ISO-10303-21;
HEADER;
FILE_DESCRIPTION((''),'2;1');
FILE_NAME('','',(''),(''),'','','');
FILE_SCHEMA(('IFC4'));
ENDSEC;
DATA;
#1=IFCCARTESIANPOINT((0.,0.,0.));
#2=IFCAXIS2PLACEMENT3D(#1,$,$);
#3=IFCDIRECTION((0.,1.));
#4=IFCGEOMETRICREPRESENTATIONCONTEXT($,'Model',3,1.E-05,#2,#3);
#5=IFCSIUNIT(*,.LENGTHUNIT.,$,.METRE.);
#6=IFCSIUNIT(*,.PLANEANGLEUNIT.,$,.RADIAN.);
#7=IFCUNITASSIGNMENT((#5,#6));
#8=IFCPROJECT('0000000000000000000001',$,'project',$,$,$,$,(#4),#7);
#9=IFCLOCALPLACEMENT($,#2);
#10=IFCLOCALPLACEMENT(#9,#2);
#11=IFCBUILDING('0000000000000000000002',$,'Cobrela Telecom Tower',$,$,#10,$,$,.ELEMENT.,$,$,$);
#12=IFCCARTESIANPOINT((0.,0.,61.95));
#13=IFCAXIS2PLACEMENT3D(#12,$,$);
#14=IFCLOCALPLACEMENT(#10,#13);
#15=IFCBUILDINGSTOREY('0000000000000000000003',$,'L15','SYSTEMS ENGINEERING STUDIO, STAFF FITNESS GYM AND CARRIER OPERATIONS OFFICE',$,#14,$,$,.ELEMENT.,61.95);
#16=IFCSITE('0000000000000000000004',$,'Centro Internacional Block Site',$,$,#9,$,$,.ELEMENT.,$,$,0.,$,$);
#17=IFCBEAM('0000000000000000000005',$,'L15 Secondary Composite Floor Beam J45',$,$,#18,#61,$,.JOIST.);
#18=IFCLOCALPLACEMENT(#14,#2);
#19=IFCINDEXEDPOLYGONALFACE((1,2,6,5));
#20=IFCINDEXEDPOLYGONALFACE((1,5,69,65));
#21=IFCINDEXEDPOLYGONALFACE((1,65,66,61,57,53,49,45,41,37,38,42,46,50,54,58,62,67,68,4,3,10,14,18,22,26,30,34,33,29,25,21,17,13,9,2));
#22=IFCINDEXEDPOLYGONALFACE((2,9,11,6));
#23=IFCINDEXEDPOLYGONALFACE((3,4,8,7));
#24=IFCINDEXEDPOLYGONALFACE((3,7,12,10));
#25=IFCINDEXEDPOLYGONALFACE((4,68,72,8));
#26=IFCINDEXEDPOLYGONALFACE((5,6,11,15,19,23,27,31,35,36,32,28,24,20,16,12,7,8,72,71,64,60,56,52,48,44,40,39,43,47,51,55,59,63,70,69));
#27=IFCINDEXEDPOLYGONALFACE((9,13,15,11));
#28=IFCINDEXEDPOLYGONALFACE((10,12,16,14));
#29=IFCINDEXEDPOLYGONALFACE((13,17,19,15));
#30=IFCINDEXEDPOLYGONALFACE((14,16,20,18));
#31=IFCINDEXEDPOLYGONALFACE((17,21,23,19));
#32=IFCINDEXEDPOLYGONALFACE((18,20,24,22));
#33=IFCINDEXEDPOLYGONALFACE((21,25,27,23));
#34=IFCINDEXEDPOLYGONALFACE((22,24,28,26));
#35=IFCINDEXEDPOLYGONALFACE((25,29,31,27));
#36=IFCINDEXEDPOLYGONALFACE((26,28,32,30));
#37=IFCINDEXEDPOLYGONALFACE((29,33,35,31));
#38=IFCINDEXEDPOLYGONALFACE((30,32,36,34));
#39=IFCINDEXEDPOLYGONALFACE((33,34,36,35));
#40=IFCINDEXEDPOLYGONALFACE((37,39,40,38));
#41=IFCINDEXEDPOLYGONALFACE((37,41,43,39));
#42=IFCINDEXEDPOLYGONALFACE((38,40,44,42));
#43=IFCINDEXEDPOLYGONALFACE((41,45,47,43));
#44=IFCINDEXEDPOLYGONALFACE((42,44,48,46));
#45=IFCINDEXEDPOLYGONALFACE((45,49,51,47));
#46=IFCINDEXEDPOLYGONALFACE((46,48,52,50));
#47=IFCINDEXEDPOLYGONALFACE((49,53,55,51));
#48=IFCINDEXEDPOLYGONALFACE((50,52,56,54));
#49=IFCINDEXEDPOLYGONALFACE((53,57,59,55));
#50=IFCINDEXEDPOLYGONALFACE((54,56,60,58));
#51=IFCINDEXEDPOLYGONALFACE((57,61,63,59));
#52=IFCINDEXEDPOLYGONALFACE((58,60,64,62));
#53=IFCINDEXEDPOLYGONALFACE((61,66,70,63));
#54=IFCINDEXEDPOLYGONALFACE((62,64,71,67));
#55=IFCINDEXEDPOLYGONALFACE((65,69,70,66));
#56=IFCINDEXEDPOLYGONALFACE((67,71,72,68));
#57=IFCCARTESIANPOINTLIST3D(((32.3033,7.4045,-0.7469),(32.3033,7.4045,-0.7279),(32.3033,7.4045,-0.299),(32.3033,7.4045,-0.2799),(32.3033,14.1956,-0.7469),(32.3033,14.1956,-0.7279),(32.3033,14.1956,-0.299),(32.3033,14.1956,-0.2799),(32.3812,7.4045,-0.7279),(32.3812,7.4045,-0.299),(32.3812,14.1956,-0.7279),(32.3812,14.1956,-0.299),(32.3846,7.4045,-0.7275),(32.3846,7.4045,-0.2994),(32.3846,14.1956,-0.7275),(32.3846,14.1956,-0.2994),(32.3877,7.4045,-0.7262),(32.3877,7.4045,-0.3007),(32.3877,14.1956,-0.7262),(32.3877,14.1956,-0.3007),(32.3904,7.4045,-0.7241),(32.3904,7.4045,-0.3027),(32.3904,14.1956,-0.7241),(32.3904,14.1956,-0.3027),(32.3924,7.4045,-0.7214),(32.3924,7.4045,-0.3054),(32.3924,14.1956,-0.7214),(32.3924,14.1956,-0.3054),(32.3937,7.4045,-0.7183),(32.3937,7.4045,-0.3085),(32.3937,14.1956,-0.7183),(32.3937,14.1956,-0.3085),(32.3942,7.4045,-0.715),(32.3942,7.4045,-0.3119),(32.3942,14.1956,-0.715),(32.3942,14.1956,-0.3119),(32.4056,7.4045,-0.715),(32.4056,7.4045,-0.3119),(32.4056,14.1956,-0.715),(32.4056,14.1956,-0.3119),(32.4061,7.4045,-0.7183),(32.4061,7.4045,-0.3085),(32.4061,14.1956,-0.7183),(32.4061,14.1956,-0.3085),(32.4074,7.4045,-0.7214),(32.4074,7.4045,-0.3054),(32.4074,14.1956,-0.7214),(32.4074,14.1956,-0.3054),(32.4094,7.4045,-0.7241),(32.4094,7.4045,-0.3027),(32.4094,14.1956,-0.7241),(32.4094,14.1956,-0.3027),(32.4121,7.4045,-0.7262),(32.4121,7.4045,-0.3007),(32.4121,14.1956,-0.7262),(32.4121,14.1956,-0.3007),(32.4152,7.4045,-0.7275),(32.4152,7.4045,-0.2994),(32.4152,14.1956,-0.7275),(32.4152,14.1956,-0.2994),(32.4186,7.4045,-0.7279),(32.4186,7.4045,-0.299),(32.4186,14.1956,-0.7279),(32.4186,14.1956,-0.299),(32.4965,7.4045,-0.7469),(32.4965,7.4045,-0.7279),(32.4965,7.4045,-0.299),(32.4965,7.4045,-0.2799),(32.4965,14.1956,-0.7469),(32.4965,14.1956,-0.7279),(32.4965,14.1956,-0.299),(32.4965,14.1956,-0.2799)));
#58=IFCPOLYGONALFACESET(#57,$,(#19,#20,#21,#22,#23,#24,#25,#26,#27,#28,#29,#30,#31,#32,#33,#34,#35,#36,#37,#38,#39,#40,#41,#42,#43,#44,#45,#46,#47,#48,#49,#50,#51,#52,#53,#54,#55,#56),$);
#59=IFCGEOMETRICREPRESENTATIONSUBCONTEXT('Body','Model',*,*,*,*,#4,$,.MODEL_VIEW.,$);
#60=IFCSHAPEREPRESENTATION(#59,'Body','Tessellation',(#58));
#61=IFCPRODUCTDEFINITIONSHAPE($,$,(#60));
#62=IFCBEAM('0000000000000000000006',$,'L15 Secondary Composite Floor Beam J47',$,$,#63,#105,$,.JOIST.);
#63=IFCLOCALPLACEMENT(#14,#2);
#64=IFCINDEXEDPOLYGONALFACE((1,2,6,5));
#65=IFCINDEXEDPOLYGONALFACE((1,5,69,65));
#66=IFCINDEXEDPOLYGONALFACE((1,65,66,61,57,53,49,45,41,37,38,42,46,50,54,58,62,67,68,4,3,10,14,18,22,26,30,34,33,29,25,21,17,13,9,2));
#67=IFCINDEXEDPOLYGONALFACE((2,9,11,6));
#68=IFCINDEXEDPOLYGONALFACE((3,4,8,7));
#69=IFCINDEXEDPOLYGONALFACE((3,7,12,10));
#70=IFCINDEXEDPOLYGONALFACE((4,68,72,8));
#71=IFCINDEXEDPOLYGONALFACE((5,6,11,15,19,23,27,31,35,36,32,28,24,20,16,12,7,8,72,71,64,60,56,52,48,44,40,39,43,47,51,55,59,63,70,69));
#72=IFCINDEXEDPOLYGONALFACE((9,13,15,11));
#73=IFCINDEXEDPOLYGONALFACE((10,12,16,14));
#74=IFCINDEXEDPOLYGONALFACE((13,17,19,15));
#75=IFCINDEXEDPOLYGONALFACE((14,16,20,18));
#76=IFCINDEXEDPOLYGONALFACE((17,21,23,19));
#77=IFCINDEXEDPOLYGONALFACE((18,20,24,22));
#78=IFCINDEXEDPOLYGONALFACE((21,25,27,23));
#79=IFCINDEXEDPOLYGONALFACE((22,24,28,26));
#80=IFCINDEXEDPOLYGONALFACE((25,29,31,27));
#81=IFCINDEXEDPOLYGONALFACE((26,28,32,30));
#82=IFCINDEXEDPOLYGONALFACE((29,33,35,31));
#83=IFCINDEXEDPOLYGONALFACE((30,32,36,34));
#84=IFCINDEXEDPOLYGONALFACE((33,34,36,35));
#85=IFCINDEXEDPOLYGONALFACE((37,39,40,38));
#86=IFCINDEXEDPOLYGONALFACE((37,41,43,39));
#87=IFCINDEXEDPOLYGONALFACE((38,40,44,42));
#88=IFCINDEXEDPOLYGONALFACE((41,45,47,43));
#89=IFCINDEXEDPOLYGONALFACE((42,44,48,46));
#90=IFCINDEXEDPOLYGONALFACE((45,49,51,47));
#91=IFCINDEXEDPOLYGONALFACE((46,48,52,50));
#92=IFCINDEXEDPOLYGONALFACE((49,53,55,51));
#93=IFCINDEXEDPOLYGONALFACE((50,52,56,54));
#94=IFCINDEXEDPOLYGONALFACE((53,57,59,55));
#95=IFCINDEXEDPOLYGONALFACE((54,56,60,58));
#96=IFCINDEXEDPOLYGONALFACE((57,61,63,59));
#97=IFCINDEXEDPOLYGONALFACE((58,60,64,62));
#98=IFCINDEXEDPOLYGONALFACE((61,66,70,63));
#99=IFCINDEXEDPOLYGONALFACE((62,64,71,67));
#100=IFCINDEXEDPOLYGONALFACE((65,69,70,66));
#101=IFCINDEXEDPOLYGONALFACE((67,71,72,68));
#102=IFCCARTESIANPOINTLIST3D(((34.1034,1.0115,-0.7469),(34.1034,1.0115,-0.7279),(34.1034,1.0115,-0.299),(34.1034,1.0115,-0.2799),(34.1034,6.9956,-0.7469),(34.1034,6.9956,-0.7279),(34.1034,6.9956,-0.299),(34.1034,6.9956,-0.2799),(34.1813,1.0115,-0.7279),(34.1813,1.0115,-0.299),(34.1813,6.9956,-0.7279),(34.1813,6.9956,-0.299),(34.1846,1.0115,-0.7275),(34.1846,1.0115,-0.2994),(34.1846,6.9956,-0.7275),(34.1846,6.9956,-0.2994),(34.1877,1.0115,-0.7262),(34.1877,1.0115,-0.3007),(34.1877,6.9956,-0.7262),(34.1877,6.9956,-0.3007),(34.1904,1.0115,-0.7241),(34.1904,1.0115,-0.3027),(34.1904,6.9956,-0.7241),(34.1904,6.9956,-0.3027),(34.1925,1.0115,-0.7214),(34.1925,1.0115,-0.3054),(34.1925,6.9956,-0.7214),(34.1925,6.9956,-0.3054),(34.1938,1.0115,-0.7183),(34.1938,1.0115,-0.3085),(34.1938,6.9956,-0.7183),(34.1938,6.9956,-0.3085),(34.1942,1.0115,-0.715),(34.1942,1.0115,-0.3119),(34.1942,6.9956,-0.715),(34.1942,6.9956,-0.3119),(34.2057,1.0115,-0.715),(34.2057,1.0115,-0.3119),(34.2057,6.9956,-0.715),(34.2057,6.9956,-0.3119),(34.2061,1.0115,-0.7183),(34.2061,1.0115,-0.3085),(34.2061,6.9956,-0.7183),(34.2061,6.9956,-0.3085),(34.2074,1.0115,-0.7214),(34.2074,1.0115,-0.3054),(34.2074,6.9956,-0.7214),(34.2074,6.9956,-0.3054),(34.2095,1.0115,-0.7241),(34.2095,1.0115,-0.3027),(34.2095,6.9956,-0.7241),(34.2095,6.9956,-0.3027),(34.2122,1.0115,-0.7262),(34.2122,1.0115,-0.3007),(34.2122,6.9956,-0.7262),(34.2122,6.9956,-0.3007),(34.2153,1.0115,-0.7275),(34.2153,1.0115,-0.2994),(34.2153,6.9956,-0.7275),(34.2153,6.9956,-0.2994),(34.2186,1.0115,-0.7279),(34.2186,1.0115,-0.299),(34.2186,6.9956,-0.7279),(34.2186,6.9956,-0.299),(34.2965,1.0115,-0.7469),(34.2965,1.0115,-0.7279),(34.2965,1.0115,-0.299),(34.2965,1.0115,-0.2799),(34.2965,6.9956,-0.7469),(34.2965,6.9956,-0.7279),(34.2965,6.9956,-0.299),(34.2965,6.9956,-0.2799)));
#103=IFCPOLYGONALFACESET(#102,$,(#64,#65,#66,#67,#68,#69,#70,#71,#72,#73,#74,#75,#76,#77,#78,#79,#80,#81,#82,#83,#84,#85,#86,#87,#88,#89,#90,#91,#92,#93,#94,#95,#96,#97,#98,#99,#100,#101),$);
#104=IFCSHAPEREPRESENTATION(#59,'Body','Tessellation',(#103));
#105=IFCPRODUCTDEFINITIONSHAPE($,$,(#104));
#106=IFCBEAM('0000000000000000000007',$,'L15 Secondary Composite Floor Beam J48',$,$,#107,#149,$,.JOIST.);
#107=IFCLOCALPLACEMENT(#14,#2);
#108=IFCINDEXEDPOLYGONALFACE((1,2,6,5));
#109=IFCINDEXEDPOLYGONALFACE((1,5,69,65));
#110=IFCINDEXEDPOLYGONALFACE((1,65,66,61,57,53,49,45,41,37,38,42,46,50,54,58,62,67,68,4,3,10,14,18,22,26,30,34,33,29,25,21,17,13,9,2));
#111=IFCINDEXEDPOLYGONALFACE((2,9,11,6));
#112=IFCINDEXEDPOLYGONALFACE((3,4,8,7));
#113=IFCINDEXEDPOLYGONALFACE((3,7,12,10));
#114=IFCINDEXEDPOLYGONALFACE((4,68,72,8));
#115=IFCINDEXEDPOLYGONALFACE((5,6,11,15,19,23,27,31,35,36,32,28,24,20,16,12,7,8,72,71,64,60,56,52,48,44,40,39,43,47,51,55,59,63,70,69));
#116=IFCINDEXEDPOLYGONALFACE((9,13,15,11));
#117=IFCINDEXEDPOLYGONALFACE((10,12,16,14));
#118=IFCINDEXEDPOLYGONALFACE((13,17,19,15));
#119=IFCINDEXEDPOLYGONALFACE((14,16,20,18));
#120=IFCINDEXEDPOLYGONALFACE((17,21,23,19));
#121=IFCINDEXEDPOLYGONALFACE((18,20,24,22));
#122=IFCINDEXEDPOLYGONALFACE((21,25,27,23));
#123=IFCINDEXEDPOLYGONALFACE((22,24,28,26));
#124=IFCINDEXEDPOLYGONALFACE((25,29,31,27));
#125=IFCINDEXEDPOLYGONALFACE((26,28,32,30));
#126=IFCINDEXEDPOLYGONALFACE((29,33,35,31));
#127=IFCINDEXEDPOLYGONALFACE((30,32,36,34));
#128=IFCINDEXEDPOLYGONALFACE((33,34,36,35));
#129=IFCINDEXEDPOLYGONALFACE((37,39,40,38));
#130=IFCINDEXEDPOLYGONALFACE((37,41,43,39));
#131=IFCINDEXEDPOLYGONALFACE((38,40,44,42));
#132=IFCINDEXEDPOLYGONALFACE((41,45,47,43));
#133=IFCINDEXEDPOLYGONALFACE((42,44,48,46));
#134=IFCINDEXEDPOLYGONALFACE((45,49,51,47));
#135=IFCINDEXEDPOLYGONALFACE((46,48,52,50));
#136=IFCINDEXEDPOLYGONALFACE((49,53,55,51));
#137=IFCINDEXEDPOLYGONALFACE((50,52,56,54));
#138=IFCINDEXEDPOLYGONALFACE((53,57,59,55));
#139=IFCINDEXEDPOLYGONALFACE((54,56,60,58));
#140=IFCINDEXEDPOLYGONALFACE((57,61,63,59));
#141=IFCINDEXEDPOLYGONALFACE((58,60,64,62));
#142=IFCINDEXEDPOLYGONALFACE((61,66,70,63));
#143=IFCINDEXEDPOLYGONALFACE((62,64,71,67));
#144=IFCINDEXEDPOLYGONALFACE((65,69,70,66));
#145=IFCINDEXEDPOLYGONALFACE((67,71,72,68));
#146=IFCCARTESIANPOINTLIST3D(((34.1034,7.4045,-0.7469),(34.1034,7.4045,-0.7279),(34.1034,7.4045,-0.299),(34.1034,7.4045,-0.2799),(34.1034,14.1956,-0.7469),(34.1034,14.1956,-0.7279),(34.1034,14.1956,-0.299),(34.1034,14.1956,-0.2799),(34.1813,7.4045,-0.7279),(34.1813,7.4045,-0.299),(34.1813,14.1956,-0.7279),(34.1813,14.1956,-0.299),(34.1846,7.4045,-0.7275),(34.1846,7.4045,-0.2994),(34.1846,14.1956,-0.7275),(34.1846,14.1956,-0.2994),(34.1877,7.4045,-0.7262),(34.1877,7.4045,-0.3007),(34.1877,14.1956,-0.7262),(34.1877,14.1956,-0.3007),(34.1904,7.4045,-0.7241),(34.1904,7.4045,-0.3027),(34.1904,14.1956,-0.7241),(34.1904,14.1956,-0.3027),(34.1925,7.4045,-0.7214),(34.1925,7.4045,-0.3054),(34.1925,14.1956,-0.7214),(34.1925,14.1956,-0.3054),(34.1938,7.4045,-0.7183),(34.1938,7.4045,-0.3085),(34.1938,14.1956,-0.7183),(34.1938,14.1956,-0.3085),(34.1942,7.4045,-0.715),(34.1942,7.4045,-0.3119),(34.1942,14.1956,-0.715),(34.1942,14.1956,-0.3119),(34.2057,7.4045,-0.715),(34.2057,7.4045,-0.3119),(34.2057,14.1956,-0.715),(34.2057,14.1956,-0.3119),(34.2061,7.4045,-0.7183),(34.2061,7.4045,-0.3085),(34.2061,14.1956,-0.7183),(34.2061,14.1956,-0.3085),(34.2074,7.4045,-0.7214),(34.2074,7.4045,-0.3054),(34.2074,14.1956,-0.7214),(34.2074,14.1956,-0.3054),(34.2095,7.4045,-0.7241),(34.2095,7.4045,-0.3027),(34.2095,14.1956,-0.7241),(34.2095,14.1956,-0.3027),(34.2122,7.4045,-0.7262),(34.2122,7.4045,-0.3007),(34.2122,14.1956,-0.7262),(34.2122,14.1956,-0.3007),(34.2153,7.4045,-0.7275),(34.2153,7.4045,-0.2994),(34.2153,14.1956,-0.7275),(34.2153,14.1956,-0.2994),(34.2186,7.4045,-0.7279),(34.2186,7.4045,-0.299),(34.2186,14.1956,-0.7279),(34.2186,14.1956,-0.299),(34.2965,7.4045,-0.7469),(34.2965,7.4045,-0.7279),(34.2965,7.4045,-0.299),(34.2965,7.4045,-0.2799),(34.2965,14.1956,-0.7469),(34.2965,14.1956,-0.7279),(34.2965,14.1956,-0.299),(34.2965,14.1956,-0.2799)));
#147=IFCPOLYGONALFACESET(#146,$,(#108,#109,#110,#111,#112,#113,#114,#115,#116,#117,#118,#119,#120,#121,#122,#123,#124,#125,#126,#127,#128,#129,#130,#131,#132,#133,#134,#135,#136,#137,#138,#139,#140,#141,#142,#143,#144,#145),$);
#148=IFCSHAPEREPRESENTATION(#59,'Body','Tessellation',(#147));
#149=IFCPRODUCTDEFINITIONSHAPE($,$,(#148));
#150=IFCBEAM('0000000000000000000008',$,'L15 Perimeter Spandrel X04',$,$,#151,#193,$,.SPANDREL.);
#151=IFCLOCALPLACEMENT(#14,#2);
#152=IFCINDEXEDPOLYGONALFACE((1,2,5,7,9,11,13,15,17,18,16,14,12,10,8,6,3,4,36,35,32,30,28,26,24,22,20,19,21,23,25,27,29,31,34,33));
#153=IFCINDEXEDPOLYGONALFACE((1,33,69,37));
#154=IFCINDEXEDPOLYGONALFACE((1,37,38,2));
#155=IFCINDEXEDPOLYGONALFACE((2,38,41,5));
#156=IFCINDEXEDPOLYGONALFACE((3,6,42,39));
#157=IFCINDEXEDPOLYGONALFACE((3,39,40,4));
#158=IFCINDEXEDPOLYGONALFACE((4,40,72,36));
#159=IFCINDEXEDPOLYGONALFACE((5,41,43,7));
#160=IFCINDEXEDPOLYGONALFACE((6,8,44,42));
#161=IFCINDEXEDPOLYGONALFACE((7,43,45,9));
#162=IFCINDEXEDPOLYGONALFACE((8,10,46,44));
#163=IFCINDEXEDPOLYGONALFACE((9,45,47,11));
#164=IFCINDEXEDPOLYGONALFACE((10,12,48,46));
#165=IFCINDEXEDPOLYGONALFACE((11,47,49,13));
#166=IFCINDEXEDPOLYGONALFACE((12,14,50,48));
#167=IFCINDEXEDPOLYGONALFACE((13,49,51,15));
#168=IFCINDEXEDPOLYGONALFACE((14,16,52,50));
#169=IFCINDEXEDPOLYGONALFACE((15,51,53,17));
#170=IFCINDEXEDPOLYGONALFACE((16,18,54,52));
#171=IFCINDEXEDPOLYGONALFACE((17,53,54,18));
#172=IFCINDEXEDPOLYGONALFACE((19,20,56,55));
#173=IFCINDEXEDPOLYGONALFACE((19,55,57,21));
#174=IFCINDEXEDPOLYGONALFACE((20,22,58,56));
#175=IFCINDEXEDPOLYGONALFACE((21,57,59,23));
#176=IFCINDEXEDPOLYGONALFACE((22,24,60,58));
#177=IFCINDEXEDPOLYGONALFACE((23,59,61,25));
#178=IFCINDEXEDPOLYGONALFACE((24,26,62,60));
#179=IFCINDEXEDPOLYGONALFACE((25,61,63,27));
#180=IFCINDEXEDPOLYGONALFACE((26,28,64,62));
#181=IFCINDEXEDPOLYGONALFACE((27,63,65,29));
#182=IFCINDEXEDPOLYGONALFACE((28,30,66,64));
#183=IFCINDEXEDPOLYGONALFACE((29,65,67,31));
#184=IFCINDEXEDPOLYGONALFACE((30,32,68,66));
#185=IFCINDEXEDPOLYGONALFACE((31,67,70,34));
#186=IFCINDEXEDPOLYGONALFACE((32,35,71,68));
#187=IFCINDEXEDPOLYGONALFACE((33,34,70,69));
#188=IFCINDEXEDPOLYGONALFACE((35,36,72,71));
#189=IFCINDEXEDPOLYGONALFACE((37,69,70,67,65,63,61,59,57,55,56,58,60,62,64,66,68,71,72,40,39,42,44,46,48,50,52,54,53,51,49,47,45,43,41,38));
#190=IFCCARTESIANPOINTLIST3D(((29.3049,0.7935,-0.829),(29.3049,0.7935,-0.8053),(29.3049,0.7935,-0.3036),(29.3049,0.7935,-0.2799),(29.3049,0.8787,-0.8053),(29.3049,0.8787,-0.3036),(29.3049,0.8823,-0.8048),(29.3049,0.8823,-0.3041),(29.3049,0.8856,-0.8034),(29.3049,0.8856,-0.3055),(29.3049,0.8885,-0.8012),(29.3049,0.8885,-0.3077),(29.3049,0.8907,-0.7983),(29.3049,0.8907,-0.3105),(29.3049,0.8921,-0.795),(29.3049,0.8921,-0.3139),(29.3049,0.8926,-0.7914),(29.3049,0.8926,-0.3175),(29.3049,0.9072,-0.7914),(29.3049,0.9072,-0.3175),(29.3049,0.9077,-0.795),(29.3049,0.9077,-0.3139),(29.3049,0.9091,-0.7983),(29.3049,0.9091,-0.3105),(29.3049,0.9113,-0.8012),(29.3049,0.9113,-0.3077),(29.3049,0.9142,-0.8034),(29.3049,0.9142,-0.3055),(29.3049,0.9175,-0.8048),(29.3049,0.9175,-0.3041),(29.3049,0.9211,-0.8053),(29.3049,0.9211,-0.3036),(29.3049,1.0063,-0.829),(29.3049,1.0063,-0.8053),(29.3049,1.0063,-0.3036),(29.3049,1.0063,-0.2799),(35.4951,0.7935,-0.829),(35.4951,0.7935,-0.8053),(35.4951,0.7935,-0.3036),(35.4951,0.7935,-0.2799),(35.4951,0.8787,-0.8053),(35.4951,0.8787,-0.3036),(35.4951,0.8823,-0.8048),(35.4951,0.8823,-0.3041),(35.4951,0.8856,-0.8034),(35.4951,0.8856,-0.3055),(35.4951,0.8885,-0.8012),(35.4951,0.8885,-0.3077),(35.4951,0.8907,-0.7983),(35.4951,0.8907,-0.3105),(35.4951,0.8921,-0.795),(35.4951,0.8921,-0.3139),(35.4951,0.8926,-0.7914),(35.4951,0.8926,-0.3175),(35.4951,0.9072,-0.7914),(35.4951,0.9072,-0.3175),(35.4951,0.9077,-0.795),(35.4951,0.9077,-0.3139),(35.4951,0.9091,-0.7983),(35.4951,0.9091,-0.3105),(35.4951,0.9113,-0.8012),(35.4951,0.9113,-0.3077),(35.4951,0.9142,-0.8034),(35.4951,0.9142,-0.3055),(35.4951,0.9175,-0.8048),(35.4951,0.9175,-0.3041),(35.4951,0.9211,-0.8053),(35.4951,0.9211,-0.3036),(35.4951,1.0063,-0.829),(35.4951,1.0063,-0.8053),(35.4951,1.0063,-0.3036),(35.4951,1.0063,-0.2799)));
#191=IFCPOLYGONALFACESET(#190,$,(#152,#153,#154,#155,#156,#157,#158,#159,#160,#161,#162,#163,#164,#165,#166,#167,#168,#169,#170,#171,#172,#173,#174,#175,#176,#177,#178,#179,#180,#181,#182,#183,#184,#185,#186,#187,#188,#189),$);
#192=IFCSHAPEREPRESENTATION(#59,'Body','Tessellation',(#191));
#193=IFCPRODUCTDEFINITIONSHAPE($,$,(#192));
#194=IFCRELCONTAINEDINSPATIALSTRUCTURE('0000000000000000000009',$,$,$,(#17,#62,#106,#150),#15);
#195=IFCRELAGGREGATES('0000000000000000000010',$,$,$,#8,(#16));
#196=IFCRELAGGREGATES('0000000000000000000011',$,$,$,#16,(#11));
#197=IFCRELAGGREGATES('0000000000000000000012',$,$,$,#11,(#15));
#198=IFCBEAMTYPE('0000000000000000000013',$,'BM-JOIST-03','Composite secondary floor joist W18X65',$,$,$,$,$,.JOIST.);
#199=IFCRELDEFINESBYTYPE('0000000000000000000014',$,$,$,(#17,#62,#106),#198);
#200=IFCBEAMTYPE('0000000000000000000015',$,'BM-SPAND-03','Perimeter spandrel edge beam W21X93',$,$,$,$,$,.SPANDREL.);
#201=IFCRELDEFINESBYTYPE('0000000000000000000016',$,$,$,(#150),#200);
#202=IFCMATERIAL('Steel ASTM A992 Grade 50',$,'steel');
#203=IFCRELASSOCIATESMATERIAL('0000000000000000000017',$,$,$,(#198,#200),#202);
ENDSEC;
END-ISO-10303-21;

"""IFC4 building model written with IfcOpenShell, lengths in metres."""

from ifc_helpers import new_model, si_unit, direction, frame, origin, origin_2d, place, context, subcontext, project, spatial, i_section, extrude, material, material_profile, profile_set, type_object, element, save


model = new_model("IFC4")

# Units and contexts
model_context = context("Model", 3, precision=1e-05, world=origin(), true_north=direction((0.0, 1.0)))
body_context = subcontext(model_context, "Body", "Model", "MODEL_VIEW")
ifc_project = project(units=[si_unit("LENGTHUNIT", "METRE"), si_unit("PLANEANGLEUNIT", "RADIAN")], contexts=[model_context])

# Site, building, storey
site_placement = place(None, origin())
site = spatial("IfcSite", under=ifc_project, at=site_placement, Name="Centro Internacional Block Site", CompositionType="ELEMENT", RefElevation=0.0)
building_placement = place(site_placement, origin())
building = spatial("IfcBuilding", under=site, at=building_placement, Name="Cobrela Telecom Tower", CompositionType="ELEMENT")
storey_placement = place(building_placement, frame((0.0, 0.0, 61.95)))
storey = spatial("IfcBuildingStorey", under=building, at=storey_placement, Name="L15", Description="SYSTEMS ENGINEERING STUDIO, STAFF FITNESS GYM AND CARRIER OPERATIONS OFFICE", CompositionType="ELEMENT", Elevation=61.95)

# Shared definitions
ifc_material_1 = material(Name="Steel ASTM A992 Grade 50", Category="steel")

# Beams
ifc_material_profile_1 = material_profile(ifc_material_1, i_section(OverallWidth=0.1931, OverallDepth=0.467, WebThickness=0.0115, FlangeThickness=0.019, FilletRadius=0.0129, at=origin_2d()), Name="W18X65")
ifc_profile_set_1 = profile_set([ifc_material_profile_1], Name="Steel ASTM A992 Grade 50")
beam_type_1 = type_object("IfcBeamType", Name="BM-JOIST-03", Description="Composite secondary floor joist W18X65", PredefinedType="JOIST", material=ifc_profile_set_1)
beam_1_placement = place(storey_placement, frame((32.3999, 7.4045, -0.5134), z_axis=(0.0, 1.0, 0.0), x_axis=(-1.0, 0.0, 0.0)))
element("IfcBeam", 1, at=beam_1_placement, inside=storey, type_object=beam_type_1, Name="L15 Secondary Composite Floor Beam J45", PredefinedType="JOIST", context=body_context, shape_type="SweptSolid", body=[
    extrude(i_section(OverallWidth=0.1931, OverallDepth=0.467, WebThickness=0.0115, FlangeThickness=0.019, FilletRadius=0.0129, at=origin_2d()), origin(), (0.0, 0.0, 1.0), 6.791),
])
beam_2_placement = place(storey_placement, frame((34.2, 1.0115, -0.5134), z_axis=(0.0, 1.0, 0.0), x_axis=(-1.0, 0.0, 0.0)))
element("IfcBeam", 2, at=beam_2_placement, inside=storey, type_object=beam_type_1, Name="L15 Secondary Composite Floor Beam J47", PredefinedType="JOIST", context=body_context, shape_type="SweptSolid", body=[
    extrude(i_section(OverallWidth=0.1931, OverallDepth=0.467, WebThickness=0.0115, FlangeThickness=0.019, FilletRadius=0.0129, at=origin_2d()), origin(), (0.0, 0.0, 1.0), 5.9841),
])
beam_3_placement = place(storey_placement, frame((34.2, 7.4045, -0.5134), z_axis=(0.0, 1.0, 0.0), x_axis=(-1.0, 0.0, 0.0)))
element("IfcBeam", 3, at=beam_3_placement, inside=storey, type_object=beam_type_1, Name="L15 Secondary Composite Floor Beam J48", PredefinedType="JOIST", context=body_context, shape_type="SweptSolid", body=[
    extrude(i_section(OverallWidth=0.1931, OverallDepth=0.467, WebThickness=0.0115, FlangeThickness=0.019, FilletRadius=0.0129, at=origin_2d()), origin(), (0.0, 0.0, 1.0), 6.791),
])
ifc_material_profile_2 = material_profile(ifc_material_1, i_section(OverallWidth=0.2129, OverallDepth=0.5491, WebThickness=0.0146, FlangeThickness=0.0237, FilletRadius=0.0139, at=origin_2d()), Name="W21X93")
ifc_profile_set_2 = profile_set([ifc_material_profile_2], Name="Steel ASTM A992 Grade 50")
beam_type_2 = type_object("IfcBeamType", Name="BM-SPAND-03", Description="Perimeter spandrel edge beam W21X93", PredefinedType="SPANDREL", material=ifc_profile_set_2)
beam_4_placement = place(storey_placement, frame((29.3049, 0.8999, -0.5544), z_axis=(1.0, 0.0, 0.0), x_axis=(0.0, 1.0, 0.0)))
element("IfcBeam", 4, at=beam_4_placement, inside=storey, type_object=beam_type_2, Name="L15 Perimeter Spandrel X04", PredefinedType="SPANDREL", context=body_context, shape_type="SweptSolid", body=[
    extrude(i_section(OverallWidth=0.2129, OverallDepth=0.5491, WebThickness=0.0146, FlangeThickness=0.0237, FilletRadius=0.0139, at=origin_2d()), origin(), (0.0, 0.0, 1.0), 6.1902),
])

save(model, "model.ifc")
